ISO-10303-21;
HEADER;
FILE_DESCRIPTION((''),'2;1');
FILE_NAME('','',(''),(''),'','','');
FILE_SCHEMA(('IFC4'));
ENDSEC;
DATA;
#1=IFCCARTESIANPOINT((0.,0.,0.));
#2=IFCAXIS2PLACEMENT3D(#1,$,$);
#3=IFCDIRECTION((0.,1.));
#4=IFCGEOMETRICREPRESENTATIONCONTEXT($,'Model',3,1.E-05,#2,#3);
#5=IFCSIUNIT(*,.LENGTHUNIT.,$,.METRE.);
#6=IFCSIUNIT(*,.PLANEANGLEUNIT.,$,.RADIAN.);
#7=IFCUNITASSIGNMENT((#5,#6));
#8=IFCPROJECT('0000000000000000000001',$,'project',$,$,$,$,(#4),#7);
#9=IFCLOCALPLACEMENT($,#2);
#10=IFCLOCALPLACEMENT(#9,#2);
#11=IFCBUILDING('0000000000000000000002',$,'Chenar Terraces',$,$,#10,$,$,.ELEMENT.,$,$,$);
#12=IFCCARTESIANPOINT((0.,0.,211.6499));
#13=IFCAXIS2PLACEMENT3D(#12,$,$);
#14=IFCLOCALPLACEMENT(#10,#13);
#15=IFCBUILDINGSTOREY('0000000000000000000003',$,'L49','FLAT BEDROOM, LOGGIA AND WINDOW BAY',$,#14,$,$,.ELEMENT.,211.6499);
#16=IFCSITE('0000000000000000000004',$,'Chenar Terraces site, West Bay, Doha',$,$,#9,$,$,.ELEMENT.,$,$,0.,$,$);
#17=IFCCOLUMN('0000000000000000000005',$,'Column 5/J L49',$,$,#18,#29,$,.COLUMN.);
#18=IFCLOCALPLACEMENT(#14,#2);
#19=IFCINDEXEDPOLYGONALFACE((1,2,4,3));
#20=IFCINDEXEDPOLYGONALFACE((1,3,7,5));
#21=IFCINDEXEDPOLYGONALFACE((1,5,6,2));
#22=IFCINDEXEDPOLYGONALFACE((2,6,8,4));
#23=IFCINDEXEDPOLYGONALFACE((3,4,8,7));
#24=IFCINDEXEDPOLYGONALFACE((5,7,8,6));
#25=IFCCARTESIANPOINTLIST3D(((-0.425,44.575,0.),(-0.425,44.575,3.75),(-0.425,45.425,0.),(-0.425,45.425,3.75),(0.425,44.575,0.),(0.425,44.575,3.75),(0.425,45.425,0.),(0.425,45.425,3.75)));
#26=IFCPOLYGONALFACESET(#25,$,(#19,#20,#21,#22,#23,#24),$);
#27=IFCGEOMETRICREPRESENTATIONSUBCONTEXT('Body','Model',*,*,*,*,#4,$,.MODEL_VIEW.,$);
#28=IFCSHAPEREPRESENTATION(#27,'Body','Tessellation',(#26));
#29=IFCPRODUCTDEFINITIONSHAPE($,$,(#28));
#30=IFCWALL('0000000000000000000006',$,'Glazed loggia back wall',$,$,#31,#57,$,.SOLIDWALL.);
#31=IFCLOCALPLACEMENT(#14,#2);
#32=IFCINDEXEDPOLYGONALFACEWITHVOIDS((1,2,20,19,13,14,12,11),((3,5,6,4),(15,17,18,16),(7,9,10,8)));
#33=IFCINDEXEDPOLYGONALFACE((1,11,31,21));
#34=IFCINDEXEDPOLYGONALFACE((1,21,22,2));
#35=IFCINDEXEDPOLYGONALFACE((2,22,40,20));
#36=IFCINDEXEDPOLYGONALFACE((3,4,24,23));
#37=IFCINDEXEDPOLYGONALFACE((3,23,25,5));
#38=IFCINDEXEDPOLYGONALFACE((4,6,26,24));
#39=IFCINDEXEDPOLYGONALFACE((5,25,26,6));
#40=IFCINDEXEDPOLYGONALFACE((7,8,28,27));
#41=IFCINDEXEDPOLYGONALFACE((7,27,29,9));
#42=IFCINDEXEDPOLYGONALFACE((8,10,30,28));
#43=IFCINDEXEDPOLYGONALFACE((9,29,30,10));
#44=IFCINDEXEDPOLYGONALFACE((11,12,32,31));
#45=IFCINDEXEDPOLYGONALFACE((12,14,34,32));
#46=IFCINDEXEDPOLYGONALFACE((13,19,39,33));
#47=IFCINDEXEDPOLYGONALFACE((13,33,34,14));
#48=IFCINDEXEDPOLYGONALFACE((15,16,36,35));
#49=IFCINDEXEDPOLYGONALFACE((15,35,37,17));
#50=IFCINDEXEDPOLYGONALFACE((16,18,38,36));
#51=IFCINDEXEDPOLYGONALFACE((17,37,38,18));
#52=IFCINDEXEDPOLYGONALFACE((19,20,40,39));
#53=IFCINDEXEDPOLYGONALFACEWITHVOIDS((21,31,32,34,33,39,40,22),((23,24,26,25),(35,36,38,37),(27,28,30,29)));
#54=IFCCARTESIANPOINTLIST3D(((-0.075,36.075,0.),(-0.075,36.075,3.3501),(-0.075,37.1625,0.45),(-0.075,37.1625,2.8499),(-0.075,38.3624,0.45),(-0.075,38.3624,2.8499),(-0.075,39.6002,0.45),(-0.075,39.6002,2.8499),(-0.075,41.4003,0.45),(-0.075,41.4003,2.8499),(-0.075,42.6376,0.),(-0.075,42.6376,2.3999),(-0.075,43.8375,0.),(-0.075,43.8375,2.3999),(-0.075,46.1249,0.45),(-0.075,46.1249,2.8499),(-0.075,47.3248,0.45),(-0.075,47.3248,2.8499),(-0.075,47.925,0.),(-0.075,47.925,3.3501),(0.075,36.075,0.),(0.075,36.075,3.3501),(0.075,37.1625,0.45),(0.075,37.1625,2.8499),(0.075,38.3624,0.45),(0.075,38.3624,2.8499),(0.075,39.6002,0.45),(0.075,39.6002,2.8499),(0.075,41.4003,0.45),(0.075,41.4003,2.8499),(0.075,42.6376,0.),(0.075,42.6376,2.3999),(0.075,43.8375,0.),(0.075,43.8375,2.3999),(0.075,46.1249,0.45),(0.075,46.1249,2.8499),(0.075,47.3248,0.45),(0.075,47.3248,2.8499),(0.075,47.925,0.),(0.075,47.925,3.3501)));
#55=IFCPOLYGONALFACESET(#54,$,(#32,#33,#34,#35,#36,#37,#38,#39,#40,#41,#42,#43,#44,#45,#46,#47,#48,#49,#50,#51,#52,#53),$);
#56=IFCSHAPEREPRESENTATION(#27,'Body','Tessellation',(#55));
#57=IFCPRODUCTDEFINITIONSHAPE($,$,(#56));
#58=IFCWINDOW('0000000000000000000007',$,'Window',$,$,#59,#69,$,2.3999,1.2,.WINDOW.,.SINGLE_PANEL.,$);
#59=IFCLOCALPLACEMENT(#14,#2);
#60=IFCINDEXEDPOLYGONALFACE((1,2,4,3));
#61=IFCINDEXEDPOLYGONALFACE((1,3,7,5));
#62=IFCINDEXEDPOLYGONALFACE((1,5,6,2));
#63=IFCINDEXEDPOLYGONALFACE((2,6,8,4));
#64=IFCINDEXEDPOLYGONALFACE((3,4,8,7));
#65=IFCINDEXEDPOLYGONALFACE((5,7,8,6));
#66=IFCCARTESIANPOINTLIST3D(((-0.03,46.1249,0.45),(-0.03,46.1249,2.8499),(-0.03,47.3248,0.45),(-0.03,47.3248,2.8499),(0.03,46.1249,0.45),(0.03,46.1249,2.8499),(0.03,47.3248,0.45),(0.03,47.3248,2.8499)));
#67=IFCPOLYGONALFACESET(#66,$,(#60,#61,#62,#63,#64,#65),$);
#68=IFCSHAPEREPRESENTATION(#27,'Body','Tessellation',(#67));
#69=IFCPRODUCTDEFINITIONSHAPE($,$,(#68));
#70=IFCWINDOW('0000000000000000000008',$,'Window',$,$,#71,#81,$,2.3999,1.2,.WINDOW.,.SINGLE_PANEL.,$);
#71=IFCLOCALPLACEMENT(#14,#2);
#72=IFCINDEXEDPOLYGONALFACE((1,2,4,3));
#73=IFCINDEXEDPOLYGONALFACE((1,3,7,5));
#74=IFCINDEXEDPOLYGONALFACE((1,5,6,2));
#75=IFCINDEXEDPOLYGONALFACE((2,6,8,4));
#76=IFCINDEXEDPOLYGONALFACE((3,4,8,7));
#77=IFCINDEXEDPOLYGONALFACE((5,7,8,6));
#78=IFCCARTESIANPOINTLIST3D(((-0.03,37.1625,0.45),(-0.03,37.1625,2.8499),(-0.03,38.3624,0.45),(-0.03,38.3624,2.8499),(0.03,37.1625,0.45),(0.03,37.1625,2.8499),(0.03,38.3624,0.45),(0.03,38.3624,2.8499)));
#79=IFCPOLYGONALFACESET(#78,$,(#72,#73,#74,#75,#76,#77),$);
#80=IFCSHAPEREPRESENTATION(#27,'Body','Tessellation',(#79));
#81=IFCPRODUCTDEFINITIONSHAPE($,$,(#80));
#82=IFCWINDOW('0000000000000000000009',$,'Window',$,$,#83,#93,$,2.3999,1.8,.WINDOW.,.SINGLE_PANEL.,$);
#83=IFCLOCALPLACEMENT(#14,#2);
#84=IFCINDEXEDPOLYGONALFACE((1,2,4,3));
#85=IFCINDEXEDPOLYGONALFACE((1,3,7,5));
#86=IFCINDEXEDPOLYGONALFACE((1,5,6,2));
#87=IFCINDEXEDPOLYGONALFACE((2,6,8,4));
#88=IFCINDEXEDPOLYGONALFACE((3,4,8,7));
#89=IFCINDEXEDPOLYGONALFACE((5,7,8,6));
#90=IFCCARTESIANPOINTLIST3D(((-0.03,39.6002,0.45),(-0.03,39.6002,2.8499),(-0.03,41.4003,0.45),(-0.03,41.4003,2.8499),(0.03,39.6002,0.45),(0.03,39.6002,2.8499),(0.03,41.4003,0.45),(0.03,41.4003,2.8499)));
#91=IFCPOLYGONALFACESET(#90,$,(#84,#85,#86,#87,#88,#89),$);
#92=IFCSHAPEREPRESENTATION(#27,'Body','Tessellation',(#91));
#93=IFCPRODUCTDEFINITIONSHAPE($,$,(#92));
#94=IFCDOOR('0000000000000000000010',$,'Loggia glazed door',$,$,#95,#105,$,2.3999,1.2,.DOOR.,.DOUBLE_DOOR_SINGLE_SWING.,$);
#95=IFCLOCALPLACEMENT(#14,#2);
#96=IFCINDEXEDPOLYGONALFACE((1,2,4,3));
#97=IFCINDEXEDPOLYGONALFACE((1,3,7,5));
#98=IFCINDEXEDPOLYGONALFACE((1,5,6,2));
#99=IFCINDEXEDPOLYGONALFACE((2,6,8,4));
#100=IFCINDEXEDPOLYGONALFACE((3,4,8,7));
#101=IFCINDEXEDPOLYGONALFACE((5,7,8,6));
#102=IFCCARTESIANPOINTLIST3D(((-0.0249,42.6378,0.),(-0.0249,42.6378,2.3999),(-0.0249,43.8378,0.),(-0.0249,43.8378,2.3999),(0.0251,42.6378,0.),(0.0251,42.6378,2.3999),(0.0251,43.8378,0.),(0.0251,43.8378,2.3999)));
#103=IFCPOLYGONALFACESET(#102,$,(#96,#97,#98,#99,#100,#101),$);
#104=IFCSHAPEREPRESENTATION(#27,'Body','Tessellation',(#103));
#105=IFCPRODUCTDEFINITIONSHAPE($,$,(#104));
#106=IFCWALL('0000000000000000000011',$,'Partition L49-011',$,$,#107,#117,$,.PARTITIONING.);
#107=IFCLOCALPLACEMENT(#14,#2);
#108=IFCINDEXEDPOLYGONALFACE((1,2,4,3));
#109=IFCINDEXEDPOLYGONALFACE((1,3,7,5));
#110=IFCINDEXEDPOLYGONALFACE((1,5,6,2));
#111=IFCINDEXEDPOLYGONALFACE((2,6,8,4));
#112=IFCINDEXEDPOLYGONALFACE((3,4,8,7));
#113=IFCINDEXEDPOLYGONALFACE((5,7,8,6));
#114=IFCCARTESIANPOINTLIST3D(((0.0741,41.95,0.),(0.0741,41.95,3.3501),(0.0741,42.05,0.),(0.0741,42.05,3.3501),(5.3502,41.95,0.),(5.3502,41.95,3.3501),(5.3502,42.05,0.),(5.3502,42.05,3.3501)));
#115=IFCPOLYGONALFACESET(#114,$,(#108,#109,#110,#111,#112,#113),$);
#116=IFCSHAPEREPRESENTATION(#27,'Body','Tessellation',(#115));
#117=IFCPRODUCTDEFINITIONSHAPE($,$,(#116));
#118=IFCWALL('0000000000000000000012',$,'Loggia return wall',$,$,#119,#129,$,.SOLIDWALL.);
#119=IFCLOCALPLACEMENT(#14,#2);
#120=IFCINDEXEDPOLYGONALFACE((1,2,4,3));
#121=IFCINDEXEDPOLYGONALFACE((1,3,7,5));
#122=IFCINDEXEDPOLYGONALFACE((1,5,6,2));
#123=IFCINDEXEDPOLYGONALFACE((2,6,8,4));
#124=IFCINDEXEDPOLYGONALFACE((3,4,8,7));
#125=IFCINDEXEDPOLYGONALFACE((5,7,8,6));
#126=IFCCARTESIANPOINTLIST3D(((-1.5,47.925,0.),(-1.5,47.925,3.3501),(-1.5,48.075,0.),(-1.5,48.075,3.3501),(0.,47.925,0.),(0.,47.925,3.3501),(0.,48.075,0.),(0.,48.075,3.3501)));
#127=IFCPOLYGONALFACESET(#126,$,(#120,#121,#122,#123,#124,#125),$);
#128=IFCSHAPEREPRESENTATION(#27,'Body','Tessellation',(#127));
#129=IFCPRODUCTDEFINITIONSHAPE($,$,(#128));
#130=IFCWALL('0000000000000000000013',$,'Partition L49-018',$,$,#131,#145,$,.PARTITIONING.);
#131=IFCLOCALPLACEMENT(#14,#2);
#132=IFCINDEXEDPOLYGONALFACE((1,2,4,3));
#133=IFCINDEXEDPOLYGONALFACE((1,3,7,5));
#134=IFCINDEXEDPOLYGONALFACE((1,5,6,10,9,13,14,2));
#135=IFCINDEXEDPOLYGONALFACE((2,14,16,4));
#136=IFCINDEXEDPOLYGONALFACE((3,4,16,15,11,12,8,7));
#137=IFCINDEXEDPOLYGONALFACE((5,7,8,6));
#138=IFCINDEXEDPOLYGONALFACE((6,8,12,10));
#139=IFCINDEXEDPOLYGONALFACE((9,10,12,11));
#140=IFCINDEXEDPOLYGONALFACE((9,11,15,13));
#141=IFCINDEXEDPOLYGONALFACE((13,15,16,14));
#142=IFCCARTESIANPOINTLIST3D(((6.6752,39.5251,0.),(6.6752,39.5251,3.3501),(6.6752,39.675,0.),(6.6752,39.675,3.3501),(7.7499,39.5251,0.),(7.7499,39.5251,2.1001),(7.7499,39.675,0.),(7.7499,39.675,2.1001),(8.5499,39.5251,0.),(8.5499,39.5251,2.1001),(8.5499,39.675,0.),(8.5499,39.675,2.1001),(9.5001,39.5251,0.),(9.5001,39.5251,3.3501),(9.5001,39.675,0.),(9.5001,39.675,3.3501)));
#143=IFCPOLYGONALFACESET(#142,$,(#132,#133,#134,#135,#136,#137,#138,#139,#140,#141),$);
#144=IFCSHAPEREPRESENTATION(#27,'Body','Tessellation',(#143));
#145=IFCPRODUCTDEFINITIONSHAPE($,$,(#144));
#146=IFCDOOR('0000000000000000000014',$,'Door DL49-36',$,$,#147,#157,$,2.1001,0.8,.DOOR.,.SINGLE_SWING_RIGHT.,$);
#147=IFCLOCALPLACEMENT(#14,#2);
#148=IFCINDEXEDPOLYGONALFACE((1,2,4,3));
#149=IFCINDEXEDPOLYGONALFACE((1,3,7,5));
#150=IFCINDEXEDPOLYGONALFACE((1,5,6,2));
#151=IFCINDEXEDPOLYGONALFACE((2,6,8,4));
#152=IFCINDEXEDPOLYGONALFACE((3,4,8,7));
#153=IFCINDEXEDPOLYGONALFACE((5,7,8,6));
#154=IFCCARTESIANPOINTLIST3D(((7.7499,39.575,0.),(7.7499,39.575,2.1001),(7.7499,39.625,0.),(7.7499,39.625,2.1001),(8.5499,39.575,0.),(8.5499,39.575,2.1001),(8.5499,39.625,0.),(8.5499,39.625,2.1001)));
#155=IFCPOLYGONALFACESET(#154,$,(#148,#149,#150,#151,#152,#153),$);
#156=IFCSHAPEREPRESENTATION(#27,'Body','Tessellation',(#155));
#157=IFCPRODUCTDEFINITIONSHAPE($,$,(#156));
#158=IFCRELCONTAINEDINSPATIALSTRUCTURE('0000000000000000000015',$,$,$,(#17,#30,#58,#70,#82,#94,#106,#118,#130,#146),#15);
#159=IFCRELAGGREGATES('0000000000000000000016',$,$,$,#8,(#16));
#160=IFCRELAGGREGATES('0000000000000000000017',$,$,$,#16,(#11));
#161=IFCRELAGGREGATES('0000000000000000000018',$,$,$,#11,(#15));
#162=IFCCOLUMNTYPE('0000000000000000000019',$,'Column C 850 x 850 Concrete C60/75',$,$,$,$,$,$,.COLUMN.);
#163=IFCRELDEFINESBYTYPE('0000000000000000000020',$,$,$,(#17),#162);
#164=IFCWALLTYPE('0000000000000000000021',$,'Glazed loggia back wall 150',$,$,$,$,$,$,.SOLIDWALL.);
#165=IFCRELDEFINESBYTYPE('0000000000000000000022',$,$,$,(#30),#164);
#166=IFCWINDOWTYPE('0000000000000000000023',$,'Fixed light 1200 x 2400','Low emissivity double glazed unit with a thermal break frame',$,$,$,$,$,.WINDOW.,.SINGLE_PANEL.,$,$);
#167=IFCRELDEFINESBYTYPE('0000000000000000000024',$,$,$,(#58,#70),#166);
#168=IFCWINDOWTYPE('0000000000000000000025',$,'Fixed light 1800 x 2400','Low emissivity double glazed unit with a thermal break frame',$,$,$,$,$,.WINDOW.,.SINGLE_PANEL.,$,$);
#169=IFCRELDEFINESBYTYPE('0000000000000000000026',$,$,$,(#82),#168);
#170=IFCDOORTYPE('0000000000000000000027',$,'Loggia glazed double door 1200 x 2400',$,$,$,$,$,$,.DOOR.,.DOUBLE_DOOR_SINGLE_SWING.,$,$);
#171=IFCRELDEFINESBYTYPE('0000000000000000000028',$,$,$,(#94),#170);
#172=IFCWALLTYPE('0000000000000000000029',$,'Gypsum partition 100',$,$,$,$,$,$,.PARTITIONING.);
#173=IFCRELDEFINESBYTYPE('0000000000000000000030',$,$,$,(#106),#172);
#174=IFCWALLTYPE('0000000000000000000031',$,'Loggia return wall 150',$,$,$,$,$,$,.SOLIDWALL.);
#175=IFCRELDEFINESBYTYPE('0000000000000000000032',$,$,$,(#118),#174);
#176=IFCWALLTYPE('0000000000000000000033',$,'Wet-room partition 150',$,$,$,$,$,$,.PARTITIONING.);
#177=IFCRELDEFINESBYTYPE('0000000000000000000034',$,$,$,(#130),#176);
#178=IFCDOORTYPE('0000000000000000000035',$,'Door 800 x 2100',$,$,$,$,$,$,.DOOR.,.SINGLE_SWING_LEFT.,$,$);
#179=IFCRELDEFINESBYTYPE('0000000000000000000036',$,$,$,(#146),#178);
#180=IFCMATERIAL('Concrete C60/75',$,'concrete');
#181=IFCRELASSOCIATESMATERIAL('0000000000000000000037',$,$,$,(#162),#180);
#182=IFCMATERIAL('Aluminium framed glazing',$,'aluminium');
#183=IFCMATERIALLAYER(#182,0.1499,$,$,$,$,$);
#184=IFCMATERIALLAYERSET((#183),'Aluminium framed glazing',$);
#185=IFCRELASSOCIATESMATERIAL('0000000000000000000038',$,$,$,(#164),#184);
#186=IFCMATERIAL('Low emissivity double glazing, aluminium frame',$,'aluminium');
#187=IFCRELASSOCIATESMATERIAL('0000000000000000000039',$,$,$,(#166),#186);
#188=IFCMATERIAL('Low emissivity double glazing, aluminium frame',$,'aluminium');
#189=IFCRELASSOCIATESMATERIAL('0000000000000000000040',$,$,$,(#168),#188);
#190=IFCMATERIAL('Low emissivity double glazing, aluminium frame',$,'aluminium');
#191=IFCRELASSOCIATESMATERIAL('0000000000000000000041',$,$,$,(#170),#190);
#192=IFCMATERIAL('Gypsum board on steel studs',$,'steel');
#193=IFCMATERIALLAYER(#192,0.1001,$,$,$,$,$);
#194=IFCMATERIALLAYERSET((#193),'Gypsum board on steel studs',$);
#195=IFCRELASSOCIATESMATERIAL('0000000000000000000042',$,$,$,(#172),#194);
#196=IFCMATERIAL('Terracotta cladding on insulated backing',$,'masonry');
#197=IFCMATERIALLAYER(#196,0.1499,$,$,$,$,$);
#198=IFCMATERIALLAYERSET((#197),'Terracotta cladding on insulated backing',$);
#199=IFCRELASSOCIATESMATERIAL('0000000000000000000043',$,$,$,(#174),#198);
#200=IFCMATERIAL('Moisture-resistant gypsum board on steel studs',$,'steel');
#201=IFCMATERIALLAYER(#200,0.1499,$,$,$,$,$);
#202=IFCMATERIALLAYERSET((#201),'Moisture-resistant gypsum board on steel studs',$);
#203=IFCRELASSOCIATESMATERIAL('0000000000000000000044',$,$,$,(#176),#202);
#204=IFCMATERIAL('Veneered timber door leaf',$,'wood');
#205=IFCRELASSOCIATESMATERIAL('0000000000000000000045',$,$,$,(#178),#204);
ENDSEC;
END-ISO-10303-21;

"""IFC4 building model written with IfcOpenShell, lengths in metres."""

from ifc_helpers import new_model, si_unit, direction, frame, frame_2d, origin, origin_2d, place, context, subcontext, project, spatial, rectangle, extrude, material, layer, layer_set, material_profile, profile_set, type_object, element, fill, save


model = new_model("IFC4")

# Units and contexts
model_context = context("Model", 3, precision=1e-05, world=origin(), true_north=direction((0.0, 1.0)))
body_context = subcontext(model_context, "Body", "Model", "MODEL_VIEW")
ifc_project = project(units=[si_unit("LENGTHUNIT", "METRE"), si_unit("PLANEANGLEUNIT", "RADIAN")], contexts=[model_context])

# Site, building, storey
site_placement = place(None, origin())
site = spatial("IfcSite", under=ifc_project, at=site_placement, Name="Chenar Terraces site, West Bay, Doha", CompositionType="ELEMENT", RefElevation=0.0)
building_placement = place(site_placement, origin())
building = spatial("IfcBuilding", under=site, at=building_placement, Name="Chenar Terraces", CompositionType="ELEMENT")
storey_placement = place(building_placement, frame((0.0, 0.0, 211.6499)))
storey = spatial("IfcBuildingStorey", under=building, at=storey_placement, Name="L49", Description="FLAT BEDROOM, LOGGIA AND WINDOW BAY", CompositionType="ELEMENT", Elevation=211.6499)

# Column
ifc_material_1 = material(Name="Concrete C60/75", Category="concrete")
ifc_material_profile_1 = material_profile(ifc_material_1, rectangle(XDim=0.8501, YDim=0.8501, at=origin_2d()), Name="C 850 x 850")
ifc_profile_set_1 = profile_set([ifc_material_profile_1], Name="Concrete C60/75")
column_type = type_object("IfcColumnType", Name="Column C 850 x 850 Concrete C60/75", PredefinedType="COLUMN", material=ifc_profile_set_1)
column_placement = place(storey_placement, frame((0.0, 45.0, 0.0), z_axis=(0.0, 0.0, 1.0), x_axis=(1.0, 0.0, 0.0)))
element("IfcColumn", 1, at=column_placement, inside=storey, type_object=column_type, Name="Column 5/J L49", PredefinedType="COLUMN", context=body_context, shape_type="SweptSolid", body=[
    extrude(rectangle(XDim=0.8501, YDim=0.8501, at=origin_2d()), origin(), (0.0, 0.0, 1.0), 3.75),
])

# Wall, openings, windows, door
ifc_material_2 = material(Name="Aluminium framed glazing", Category="aluminium")
ifc_layer_1 = layer(ifc_material_2, 0.1499)
ifc_layer_set_1 = layer_set([ifc_layer_1], Name="Aluminium framed glazing")
wall_type_1 = type_object("IfcWallType", Name="Glazed loggia back wall 150", PredefinedType="SOLIDWALL", material=ifc_layer_set_1)
wall_1_placement = place(storey_placement, frame((0.0, 47.925, 0.0), z_axis=(0.0, 0.0, 1.0), x_axis=(0.0, -1.0, 0.0)))
wall_1 = element("IfcWall", 2, at=wall_1_placement, inside=storey, type_object=wall_type_1, Name="Glazed loggia back wall", PredefinedType="SOLIDWALL", context=body_context, shape_type="SweptSolid", body=[
    extrude(rectangle(XDim=11.8501, YDim=0.1499, at=frame_2d((5.925, 0.0))), origin(), (0.0, 0.0, 1.0), 3.3501),
])
opening_1_placement = place(wall_1_placement, frame((0.6001, 0.0, 0.45)))
opening_1 = element("IfcOpeningElement", 3, at=opening_1_placement, cuts=wall_1, PredefinedType="OPENING", context=body_context, shape_type="SweptSolid", body=[
    extrude(rectangle(XDim=1.2, YDim=2.3999, at=frame_2d((0.6001, 1.2))), frame((0.0, 0.085, 0.0), z_axis=(0.0, -1.0, 0.0), x_axis=(1.0, 0.0, 0.0)), (0.0, 0.0, 1.0), 0.1699),
])
opening_2_placement = place(wall_1_placement, frame((4.0874, 0.0, 0.0)))
opening_2 = element("IfcOpeningElement", 4, at=opening_2_placement, cuts=wall_1, PredefinedType="OPENING", context=body_context, shape_type="SweptSolid", body=[
    extrude(rectangle(XDim=1.2, YDim=2.3999, at=frame_2d((0.6001, 1.2))), frame((0.0, 0.085, 0.0), z_axis=(0.0, -1.0, 0.0), x_axis=(1.0, 0.0, 0.0)), (0.0, 0.0, 1.0), 0.1699),
])
opening_3_placement = place(wall_1_placement, frame((6.5249, 0.0, 0.45)))
opening_3 = element("IfcOpeningElement", 5, at=opening_3_placement, cuts=wall_1, PredefinedType="OPENING", context=body_context, shape_type="SweptSolid", body=[
    extrude(rectangle(XDim=1.8, YDim=2.3999, at=frame_2d((0.8999, 1.2))), frame((0.0, 0.085, 0.0), z_axis=(0.0, -1.0, 0.0), x_axis=(1.0, 0.0, 0.0)), (0.0, 0.0, 1.0), 0.1699),
])
opening_4_placement = place(wall_1_placement, frame((9.5625, 0.0, 0.45)))
opening_4 = element("IfcOpeningElement", 6, at=opening_4_placement, cuts=wall_1, PredefinedType="OPENING", context=body_context, shape_type="SweptSolid", body=[
    extrude(rectangle(XDim=1.2, YDim=2.3999, at=frame_2d((0.6001, 1.2))), frame((0.0, 0.085, 0.0), z_axis=(0.0, -1.0, 0.0), x_axis=(1.0, 0.0, 0.0)), (0.0, 0.0, 1.0), 0.1699),
])
ifc_material_3 = material(Name="Low emissivity double glazing, aluminium frame", Category="aluminium")
window_type_1 = type_object("IfcWindowType", Name="Fixed light 1200 x 2400", Description="Low emissivity double glazed unit with a thermal break frame", PartitioningType="SINGLE_PANEL", PredefinedType="WINDOW", material=ifc_material_3)
window_1_placement = place(opening_1_placement, origin())
window_1 = element("IfcWindow", 7, at=window_1_placement, inside=storey, type_object=window_type_1, Name="Window", OverallHeight=2.3999, OverallWidth=1.2, PartitioningType="SINGLE_PANEL", PredefinedType="WINDOW", context=body_context, shape_type="SweptSolid", body=[
    extrude(rectangle(XDim=1.2, YDim=2.3999, at=frame_2d((0.6001, 1.2))), frame((0.0, 0.03, 0.0), z_axis=(0.0, -1.0, 0.0), x_axis=(1.0, 0.0, 0.0)), (0.0, 0.0, 1.0), 0.0601),
])
fill(opening_1, window_1)
window_2_placement = place(opening_4_placement, origin())
window_2 = element("IfcWindow", 8, at=window_2_placement, inside=storey, type_object=window_type_1, Name="Window", OverallHeight=2.3999, OverallWidth=1.2, PartitioningType="SINGLE_PANEL", PredefinedType="WINDOW", context=body_context, shape_type="SweptSolid", body=[
    extrude(rectangle(XDim=1.2, YDim=2.3999, at=frame_2d((0.6001, 1.2))), frame((0.0, 0.03, 0.0), z_axis=(0.0, -1.0, 0.0), x_axis=(1.0, 0.0, 0.0)), (0.0, 0.0, 1.0), 0.0601),
])
fill(opening_4, window_2)
ifc_material_4 = material(Name="Low emissivity double glazing, aluminium frame", Category="aluminium")
window_type_2 = type_object("IfcWindowType", Name="Fixed light 1800 x 2400", Description="Low emissivity double glazed unit with a thermal break frame", PartitioningType="SINGLE_PANEL", PredefinedType="WINDOW", material=ifc_material_4)
window_3_placement = place(opening_3_placement, origin())
window_3 = element("IfcWindow", 9, at=window_3_placement, inside=storey, type_object=window_type_2, Name="Window", OverallHeight=2.3999, OverallWidth=1.8, PartitioningType="SINGLE_PANEL", PredefinedType="WINDOW", context=body_context, shape_type="SweptSolid", body=[
    extrude(rectangle(XDim=1.8, YDim=2.3999, at=frame_2d((0.8999, 1.2))), frame((0.0, 0.03, 0.0), z_axis=(0.0, -1.0, 0.0), x_axis=(1.0, 0.0, 0.0)), (0.0, 0.0, 1.0), 0.0601),
])
fill(opening_3, window_3)
ifc_material_5 = material(Name="Low emissivity double glazing, aluminium frame", Category="aluminium")
door_type_1 = type_object("IfcDoorType", Name="Loggia glazed double door 1200 x 2400", OperationType="DOUBLE_DOOR_SINGLE_SWING", PredefinedType="DOOR", material=ifc_material_5)
door_1_placement = place(opening_2_placement, frame((1.2, 0.0, 0.0), z_axis=(0.0, 0.0, 1.0), x_axis=(-1.0, 0.0, 0.0)))
door_1 = element("IfcDoor", 10, at=door_1_placement, inside=storey, type_object=door_type_1, Name="Loggia glazed door", OperationType="DOUBLE_DOOR_SINGLE_SWING", OverallHeight=2.3999, OverallWidth=1.2, PredefinedType="DOOR", context=body_context, shape_type="SweptSolid", body=[
    extrude(rectangle(XDim=1.2, YDim=2.3999, at=frame_2d((0.6001, 1.2))), frame((0.0, 0.0249, 0.0), z_axis=(0.0, -1.0, 0.0), x_axis=(1.0, 0.0, 0.0)), (0.0, 0.0, 1.0), 0.05),
])
fill(opening_2, door_1)

# Walls
ifc_material_6 = material(Name="Gypsum board on steel studs", Category="steel")
ifc_layer_2 = layer(ifc_material_6, 0.1001)
ifc_layer_set_2 = layer_set([ifc_layer_2], Name="Gypsum board on steel studs")
wall_type_2 = type_object("IfcWallType", Name="Gypsum partition 100", PredefinedType="PARTITIONING", material=ifc_layer_set_2)
wall_2_placement = place(storey_placement, frame((0.074, 42.0, 0.0), z_axis=(0.0, 0.0, 1.0), x_axis=(1.0, 0.0, 0.0)))
element("IfcWall", 11, at=wall_2_placement, inside=storey, type_object=wall_type_2, Name="Partition L49-011", PredefinedType="PARTITIONING", context=body_context, shape_type="SweptSolid", body=[
    extrude(rectangle(XDim=5.2761, YDim=0.1001, at=frame_2d((2.6382, 0.0))), origin(), (0.0, 0.0, 1.0), 3.3501),
])
ifc_material_7 = material(Name="Terracotta cladding on insulated backing", Category="masonry")
ifc_layer_3 = layer(ifc_material_7, 0.1499)
ifc_layer_set_3 = layer_set([ifc_layer_3], Name="Terracotta cladding on insulated backing")
wall_type_3 = type_object("IfcWallType", Name="Loggia return wall 150", PredefinedType="SOLIDWALL", material=ifc_layer_set_3)
wall_3_placement = place(storey_placement, frame((-1.5, 48.0, 0.0), z_axis=(0.0, 0.0, 1.0), x_axis=(1.0, 0.0, 0.0)))
element("IfcWall", 12, at=wall_3_placement, inside=storey, type_object=wall_type_3, Name="Loggia return wall", PredefinedType="SOLIDWALL", context=body_context, shape_type="SweptSolid", body=[
    extrude(rectangle(XDim=1.5, YDim=0.1499, at=frame_2d((0.75, 0.0))), origin(), (0.0, 0.0, 1.0), 3.3501),
])

# Wall, opening, door
ifc_material_8 = material(Name="Moisture-resistant gypsum board on steel studs", Category="steel")
ifc_layer_4 = layer(ifc_material_8, 0.1499)
ifc_layer_set_4 = layer_set([ifc_layer_4], Name="Moisture-resistant gypsum board on steel studs")
wall_type_4 = type_object("IfcWallType", Name="Wet-room partition 150", PredefinedType="PARTITIONING", material=ifc_layer_set_4)
wall_4_placement = place(storey_placement, frame((6.675, 39.6001, 0.0), z_axis=(0.0, 0.0, 1.0), x_axis=(1.0, 0.0, 0.0)))
wall_4 = element("IfcWall", 13, at=wall_4_placement, inside=storey, type_object=wall_type_4, Name="Partition L49-018", PredefinedType="PARTITIONING", context=body_context, shape_type="SweptSolid", body=[
    extrude(rectangle(XDim=2.825, YDim=0.1499, at=frame_2d((1.4126, 0.0))), origin(), (0.0, 0.0, 1.0), 3.3501),
])
opening_5_placement = place(wall_4_placement, frame((1.075, 0.0, 0.0)))
opening_5 = element("IfcOpeningElement", 14, at=opening_5_placement, cuts=wall_4, PredefinedType="OPENING", context=body_context, shape_type="SweptSolid", body=[
    extrude(rectangle(XDim=0.8, YDim=2.1001, at=frame_2d((0.3999, 1.05))), frame((0.0, 0.085, 0.0), z_axis=(0.0, -1.0, 0.0), x_axis=(1.0, 0.0, 0.0)), (0.0, 0.0, 1.0), 0.1699),
])
ifc_material_9 = material(Name="Veneered timber door leaf", Category="wood")
door_type_2 = type_object("IfcDoorType", Name="Door 800 x 2100", OperationType="SINGLE_SWING_LEFT", PredefinedType="DOOR", material=ifc_material_9)
door_2_placement = place(opening_5_placement, origin())
door_2 = element("IfcDoor", 15, at=door_2_placement, inside=storey, type_object=door_type_2, Name="Door DL49-36", OperationType="SINGLE_SWING_RIGHT", OverallHeight=2.1001, OverallWidth=0.8, PredefinedType="DOOR", context=body_context, shape_type="SweptSolid", body=[
    extrude(rectangle(XDim=0.8, YDim=2.1001, at=frame_2d((0.3999, 1.05))), frame((0.0, 0.0249, 0.0), z_axis=(0.0, -1.0, 0.0), x_axis=(1.0, 0.0, 0.0)), (0.0, 0.0, 1.0), 0.05),
])
fill(opening_5, door_2)

save(model, "model.ifc")
